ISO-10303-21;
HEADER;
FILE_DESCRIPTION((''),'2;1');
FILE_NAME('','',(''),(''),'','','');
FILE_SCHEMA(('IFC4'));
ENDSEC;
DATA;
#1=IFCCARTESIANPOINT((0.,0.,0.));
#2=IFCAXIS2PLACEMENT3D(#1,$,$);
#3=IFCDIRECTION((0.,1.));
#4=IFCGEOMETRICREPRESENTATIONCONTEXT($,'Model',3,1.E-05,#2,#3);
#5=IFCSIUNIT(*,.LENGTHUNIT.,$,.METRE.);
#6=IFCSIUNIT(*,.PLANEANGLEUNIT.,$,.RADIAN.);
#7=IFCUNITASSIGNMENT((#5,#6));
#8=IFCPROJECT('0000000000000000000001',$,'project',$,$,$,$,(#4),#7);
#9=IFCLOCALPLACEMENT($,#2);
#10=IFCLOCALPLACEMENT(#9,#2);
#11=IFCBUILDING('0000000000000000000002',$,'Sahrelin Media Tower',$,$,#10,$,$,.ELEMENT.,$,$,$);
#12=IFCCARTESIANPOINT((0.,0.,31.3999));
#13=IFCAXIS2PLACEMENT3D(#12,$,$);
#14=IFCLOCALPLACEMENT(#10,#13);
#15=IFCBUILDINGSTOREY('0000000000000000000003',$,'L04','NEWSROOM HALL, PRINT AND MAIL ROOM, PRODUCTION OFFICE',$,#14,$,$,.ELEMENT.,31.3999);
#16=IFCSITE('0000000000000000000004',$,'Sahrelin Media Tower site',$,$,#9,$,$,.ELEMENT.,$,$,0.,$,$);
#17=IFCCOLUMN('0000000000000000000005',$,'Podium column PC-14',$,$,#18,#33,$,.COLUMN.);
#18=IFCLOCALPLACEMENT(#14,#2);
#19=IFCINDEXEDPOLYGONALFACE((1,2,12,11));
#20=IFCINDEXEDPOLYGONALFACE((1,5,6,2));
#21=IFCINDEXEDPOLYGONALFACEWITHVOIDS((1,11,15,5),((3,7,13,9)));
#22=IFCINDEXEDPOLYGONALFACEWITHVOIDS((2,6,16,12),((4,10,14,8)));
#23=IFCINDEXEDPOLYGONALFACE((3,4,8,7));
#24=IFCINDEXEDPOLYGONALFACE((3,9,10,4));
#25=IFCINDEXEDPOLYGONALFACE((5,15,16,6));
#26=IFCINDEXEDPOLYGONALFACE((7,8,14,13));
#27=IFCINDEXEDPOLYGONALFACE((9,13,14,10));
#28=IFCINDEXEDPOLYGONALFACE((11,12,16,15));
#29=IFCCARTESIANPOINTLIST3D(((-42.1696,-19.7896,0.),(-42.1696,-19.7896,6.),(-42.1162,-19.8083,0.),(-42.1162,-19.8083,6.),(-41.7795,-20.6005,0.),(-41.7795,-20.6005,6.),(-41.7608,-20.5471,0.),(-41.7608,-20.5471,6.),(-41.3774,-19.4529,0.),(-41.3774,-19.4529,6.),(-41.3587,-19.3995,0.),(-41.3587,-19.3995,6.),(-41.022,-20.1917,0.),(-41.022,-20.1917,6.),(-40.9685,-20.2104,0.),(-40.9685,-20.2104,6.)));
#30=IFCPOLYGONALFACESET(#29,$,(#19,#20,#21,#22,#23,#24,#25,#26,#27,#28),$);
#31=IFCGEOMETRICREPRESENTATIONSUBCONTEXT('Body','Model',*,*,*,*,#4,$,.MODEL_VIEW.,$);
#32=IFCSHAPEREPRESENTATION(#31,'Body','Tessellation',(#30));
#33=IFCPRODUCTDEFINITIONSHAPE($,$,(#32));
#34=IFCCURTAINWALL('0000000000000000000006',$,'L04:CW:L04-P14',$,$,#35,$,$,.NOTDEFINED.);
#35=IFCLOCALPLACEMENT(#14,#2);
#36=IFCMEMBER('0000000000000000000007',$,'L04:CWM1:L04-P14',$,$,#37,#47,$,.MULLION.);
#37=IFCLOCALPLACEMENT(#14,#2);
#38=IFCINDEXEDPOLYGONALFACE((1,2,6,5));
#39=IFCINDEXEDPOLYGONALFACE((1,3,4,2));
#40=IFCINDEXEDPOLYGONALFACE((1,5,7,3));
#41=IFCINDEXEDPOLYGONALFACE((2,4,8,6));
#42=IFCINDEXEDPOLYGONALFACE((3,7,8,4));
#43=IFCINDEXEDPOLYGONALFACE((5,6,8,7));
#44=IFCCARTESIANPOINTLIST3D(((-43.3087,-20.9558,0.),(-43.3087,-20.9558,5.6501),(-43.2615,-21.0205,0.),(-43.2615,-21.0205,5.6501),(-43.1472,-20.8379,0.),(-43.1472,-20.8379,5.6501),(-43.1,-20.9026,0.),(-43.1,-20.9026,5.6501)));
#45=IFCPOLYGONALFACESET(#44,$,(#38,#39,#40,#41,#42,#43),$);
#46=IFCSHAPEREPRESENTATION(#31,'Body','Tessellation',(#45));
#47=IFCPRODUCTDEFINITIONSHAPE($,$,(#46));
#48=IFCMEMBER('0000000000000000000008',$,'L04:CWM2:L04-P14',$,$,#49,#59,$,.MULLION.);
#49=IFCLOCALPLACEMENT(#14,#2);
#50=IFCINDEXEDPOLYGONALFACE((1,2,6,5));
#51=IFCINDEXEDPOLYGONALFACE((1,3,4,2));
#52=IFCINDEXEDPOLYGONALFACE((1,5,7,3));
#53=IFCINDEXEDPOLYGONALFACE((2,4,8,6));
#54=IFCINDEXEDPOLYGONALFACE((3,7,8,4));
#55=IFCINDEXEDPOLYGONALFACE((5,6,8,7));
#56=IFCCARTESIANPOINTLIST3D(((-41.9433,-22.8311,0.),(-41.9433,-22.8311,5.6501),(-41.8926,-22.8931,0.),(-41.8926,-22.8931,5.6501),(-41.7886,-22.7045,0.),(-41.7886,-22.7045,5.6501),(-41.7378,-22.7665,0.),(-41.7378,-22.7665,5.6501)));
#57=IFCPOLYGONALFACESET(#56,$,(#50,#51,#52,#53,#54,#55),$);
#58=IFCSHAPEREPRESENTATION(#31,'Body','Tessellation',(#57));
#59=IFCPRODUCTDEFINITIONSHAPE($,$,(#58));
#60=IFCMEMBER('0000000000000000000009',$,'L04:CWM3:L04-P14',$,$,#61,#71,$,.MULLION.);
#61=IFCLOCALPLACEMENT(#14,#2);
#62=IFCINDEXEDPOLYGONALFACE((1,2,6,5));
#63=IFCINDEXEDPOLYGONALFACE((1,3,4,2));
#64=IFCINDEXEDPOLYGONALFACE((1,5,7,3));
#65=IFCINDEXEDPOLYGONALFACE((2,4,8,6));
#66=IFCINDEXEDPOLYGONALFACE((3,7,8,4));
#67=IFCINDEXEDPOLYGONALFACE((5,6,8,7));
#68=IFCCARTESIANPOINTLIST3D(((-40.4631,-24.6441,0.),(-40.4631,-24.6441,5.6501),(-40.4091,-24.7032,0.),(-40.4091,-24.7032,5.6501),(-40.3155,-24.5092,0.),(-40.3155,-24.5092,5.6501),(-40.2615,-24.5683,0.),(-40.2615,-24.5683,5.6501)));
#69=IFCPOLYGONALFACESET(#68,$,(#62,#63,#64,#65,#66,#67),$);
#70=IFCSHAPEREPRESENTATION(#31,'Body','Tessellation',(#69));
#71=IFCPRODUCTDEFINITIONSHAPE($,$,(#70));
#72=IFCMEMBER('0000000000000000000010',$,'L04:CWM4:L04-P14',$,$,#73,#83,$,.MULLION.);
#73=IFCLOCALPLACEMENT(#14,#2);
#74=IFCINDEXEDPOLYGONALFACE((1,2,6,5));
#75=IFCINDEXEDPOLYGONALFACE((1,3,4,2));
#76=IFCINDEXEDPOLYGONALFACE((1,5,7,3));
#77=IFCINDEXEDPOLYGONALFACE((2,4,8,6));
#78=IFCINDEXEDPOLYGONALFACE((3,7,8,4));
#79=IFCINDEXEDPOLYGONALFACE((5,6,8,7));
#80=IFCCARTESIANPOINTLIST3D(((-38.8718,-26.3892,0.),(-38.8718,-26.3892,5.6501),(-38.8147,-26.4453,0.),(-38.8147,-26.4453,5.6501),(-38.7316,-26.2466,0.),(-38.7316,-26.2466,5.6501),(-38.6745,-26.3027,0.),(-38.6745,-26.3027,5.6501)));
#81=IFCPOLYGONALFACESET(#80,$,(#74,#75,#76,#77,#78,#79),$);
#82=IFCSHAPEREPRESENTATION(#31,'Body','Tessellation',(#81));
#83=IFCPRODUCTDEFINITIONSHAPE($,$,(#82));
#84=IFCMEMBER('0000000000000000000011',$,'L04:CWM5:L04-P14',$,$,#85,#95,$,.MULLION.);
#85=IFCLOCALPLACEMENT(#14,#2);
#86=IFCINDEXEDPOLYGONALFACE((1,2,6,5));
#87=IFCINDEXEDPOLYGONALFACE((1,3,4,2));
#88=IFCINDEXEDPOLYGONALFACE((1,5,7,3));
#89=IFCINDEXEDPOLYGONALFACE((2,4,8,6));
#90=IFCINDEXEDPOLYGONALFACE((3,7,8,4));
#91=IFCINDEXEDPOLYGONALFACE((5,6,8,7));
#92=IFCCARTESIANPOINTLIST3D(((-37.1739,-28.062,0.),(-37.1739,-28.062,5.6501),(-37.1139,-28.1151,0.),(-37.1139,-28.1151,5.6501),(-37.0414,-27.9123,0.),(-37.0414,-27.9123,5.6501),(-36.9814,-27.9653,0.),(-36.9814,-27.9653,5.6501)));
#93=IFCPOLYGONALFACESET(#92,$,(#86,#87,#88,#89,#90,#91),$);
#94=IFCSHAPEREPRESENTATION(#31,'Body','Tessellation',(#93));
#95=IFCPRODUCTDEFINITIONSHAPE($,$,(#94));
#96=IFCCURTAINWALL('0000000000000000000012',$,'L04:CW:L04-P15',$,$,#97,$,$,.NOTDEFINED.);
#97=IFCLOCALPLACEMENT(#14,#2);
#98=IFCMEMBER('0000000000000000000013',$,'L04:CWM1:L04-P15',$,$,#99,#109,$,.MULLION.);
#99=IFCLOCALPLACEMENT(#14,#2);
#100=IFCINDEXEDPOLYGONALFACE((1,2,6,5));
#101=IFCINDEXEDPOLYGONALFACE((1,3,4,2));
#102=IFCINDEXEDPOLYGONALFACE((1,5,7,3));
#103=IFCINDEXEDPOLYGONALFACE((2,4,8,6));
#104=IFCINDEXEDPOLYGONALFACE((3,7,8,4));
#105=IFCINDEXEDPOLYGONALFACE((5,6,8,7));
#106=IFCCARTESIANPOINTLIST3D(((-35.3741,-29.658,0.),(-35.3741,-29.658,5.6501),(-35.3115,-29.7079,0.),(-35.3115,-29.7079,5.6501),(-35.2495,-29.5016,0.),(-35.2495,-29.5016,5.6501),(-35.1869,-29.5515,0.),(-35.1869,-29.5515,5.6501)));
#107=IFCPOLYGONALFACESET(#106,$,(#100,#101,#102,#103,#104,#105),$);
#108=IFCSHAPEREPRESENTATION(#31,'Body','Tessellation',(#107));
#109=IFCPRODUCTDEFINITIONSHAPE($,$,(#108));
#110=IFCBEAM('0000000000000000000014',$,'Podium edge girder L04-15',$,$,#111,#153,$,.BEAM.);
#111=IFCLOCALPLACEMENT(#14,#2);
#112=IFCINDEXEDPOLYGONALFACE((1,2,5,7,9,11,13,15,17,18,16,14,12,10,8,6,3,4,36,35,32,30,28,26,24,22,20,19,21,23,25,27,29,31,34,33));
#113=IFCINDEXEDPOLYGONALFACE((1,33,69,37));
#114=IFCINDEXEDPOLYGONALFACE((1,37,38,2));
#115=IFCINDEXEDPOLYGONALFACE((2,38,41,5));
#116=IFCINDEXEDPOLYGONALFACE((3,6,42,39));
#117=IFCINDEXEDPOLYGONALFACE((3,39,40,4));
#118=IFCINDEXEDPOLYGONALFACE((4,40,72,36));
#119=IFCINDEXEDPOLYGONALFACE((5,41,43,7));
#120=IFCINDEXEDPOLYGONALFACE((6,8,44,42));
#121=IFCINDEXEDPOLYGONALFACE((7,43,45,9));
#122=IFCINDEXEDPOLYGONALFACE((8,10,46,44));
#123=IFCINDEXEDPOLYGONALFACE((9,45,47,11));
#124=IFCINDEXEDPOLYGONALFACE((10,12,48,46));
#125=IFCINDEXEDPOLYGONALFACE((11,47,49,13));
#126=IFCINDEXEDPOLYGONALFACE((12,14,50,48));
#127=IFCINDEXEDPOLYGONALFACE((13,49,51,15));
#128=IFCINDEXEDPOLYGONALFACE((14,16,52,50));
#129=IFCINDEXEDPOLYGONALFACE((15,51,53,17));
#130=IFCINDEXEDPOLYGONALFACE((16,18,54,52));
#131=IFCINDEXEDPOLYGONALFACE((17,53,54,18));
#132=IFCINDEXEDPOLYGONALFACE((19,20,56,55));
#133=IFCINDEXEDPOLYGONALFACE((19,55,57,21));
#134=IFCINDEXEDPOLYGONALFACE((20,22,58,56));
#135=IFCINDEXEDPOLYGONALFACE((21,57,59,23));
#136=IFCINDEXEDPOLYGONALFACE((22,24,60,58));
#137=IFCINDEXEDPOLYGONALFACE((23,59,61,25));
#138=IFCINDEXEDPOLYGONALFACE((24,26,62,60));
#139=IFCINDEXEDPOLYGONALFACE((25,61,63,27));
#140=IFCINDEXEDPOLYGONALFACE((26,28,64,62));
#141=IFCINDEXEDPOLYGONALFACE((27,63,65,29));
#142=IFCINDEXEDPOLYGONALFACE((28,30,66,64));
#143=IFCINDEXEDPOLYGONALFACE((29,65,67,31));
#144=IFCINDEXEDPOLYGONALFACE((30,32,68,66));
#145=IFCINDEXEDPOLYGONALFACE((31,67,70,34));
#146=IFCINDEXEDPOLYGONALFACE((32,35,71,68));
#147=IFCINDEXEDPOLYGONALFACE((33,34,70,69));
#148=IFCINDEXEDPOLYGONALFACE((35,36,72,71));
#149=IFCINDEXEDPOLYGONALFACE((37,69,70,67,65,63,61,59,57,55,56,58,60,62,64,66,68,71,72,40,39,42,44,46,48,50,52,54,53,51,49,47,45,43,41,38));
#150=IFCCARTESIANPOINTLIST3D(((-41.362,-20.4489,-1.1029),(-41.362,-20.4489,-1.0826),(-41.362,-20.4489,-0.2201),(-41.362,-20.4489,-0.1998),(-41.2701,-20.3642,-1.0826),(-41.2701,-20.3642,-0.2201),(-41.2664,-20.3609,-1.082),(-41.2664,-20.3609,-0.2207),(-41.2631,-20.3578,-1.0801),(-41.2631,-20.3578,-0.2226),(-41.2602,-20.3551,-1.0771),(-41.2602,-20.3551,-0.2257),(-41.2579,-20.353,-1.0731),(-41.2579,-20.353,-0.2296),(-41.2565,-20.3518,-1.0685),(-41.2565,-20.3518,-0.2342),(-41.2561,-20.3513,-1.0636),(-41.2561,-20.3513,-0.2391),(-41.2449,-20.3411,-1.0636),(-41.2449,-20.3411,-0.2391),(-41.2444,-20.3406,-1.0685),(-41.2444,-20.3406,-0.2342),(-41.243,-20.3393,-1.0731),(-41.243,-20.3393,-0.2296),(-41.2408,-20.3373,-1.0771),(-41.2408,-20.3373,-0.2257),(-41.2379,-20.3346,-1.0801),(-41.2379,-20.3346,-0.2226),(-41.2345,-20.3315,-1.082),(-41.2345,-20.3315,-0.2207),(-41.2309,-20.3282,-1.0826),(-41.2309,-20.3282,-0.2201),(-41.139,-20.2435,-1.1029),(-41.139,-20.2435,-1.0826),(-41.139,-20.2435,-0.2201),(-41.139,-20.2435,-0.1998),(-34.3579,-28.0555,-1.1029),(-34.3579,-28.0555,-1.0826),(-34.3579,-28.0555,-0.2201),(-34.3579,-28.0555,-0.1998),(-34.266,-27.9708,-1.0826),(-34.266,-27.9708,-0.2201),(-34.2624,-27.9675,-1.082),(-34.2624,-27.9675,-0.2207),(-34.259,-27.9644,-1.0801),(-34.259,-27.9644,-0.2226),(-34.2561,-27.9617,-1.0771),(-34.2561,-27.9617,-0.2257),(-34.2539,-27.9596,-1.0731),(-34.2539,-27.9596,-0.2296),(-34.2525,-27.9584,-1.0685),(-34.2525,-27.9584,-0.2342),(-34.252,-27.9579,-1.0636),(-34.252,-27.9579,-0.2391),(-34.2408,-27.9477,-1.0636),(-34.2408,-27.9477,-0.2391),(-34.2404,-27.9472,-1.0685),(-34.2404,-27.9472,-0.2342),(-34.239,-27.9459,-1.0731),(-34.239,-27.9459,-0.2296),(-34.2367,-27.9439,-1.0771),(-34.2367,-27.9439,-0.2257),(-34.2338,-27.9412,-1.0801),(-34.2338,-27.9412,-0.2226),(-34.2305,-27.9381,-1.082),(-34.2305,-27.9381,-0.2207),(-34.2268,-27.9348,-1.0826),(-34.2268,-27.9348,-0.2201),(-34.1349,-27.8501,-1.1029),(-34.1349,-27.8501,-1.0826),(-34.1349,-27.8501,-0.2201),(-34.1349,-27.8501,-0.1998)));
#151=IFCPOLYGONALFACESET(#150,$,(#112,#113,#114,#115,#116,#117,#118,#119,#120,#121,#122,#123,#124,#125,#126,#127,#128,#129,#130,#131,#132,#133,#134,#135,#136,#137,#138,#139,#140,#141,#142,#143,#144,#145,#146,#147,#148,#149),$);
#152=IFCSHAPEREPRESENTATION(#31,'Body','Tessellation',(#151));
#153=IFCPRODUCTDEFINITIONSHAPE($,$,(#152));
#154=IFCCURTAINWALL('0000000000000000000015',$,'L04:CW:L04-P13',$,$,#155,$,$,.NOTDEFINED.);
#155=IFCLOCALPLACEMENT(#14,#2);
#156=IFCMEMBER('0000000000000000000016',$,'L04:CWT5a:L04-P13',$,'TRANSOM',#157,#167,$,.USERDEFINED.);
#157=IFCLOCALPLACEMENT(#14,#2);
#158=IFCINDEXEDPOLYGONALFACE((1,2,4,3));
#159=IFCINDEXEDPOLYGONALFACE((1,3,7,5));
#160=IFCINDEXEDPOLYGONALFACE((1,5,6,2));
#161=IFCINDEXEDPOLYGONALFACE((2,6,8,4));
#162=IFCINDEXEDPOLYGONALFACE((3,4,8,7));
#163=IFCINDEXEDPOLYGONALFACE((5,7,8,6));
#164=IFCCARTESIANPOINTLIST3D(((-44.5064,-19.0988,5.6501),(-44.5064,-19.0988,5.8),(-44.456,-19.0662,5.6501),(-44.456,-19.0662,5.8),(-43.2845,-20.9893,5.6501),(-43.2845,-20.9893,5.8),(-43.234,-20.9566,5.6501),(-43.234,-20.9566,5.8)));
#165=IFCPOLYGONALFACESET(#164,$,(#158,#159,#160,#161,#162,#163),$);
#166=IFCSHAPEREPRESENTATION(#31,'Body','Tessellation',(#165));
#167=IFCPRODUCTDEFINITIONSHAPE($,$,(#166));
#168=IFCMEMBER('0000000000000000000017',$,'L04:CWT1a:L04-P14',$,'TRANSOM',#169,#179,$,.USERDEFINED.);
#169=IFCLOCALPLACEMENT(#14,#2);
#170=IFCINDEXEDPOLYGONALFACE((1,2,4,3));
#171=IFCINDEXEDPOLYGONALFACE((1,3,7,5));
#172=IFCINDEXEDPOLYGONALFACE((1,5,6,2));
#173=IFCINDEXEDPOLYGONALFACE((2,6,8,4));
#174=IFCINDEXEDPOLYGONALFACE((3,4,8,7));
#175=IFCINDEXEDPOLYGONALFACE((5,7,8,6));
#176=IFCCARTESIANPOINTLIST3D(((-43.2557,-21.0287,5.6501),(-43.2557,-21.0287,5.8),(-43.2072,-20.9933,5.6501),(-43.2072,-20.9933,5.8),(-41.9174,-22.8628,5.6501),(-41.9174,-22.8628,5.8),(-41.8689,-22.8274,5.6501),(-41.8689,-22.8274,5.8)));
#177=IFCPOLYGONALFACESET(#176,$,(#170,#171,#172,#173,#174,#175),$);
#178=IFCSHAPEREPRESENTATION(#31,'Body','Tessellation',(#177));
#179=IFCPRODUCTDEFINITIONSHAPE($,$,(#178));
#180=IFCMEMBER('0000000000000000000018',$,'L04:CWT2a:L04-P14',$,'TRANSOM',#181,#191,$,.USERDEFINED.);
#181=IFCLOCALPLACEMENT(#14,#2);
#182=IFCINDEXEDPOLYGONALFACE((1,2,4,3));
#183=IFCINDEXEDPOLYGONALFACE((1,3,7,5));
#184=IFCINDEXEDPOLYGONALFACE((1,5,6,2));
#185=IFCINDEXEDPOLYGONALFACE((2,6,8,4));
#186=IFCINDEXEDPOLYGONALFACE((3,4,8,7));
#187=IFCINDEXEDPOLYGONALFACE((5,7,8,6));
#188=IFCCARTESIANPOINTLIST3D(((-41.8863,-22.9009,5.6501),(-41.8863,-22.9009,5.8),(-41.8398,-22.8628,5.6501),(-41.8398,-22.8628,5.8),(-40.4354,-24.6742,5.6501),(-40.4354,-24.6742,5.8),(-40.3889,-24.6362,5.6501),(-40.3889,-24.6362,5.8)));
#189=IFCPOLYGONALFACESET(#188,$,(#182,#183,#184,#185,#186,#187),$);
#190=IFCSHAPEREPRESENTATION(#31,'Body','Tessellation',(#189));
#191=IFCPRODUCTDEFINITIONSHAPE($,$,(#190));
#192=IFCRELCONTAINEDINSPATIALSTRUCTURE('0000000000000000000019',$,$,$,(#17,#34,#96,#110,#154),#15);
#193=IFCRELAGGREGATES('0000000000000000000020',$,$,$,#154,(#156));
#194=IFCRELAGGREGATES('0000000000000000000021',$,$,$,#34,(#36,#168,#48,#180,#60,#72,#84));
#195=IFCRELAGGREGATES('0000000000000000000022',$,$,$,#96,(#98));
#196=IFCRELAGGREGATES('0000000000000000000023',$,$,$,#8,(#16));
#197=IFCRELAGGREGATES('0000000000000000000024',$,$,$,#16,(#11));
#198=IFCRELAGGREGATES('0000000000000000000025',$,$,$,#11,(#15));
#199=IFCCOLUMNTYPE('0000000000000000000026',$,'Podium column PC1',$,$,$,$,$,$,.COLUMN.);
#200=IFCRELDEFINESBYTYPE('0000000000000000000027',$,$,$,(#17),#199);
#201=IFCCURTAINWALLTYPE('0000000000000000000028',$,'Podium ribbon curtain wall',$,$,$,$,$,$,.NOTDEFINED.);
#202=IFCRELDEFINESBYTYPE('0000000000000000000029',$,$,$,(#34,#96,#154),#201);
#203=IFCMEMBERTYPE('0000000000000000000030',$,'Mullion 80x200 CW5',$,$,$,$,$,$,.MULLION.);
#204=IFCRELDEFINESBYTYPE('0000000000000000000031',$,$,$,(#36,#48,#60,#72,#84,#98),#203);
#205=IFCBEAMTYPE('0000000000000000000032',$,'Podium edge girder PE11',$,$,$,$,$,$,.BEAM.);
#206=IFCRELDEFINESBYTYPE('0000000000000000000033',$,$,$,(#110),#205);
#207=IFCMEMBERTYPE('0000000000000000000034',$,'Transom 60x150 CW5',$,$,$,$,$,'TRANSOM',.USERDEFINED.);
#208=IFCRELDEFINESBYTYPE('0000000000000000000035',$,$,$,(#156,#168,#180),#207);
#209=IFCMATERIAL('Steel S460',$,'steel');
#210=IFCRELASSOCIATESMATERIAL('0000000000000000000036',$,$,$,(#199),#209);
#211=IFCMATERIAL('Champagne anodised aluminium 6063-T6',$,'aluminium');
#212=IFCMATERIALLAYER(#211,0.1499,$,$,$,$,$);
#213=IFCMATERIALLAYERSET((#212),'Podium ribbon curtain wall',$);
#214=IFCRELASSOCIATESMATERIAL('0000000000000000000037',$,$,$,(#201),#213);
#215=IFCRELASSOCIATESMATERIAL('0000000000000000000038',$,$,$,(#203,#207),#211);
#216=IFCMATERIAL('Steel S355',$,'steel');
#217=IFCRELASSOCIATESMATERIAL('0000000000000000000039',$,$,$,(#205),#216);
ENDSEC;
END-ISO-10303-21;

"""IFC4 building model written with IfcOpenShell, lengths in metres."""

from ifc_helpers import new_model, si_unit, direction, frame, origin, origin_2d, place, context, subcontext, project, spatial, rectangle, hollow_rectangle, i_section, extrude, material, layer, layer_set, material_profile, profile_set, type_object, element, aggregate, save


model = new_model("IFC4")

# Units and contexts
model_context = context("Model", 3, precision=1e-05, world=origin(), true_north=direction((0.0, 1.0)))
body_context = subcontext(model_context, "Body", "Model", "MODEL_VIEW")
ifc_project = project(units=[si_unit("LENGTHUNIT", "METRE"), si_unit("PLANEANGLEUNIT", "RADIAN")], contexts=[model_context])

# Site, building, storey
site_placement = place(None, origin())
site = spatial("IfcSite", under=ifc_project, at=site_placement, Name="Sahrelin Media Tower site", CompositionType="ELEMENT", RefElevation=0.0)
building_placement = place(site_placement, origin())
building = spatial("IfcBuilding", under=site, at=building_placement, Name="Sahrelin Media Tower", CompositionType="ELEMENT")
storey_placement = place(building_placement, frame((0.0, 0.0, 31.3999)))
storey = spatial("IfcBuildingStorey", under=building, at=storey_placement, Name="L04", Description="NEWSROOM HALL, PRINT AND MAIL ROOM, PRODUCTION OFFICE", CompositionType="ELEMENT", Elevation=31.3999)

# Column
ifc_material_1 = material(Name="Steel S460", Category="steel")
ifc_material_profile_1 = material_profile(ifc_material_1, hollow_rectangle(XDim=0.8999, YDim=0.8999, WallThickness=0.04, at=origin_2d()), Name="Podium column PC1")
ifc_profile_set_1 = profile_set([ifc_material_profile_1], Name="Steel S460")
column_type = type_object("IfcColumnType", Name="Podium column PC1", PredefinedType="COLUMN", material=ifc_profile_set_1)
column_placement = place(storey_placement, frame((-41.5691, -20.0, 0.0), z_axis=(0.0, 0.0, 1.0), x_axis=(-0.901127, -0.433555, 0.0)))
element("IfcColumn", 1, at=column_placement, inside=storey, type_object=column_type, Name="Podium column PC-14", PredefinedType="COLUMN", context=body_context, shape_type="SweptSolid", body=[
    extrude(hollow_rectangle(XDim=0.8999, YDim=0.8999, WallThickness=0.04, at=origin_2d()), origin(), (0.0, 0.0, 1.0), 6.0),
])

# Curtain wall, members
ifc_material_2 = material(Name="Champagne anodised aluminium 6063-T6", Category="aluminium")
ifc_layer_1 = layer(ifc_material_2, 0.1499)
ifc_layer_set_1 = layer_set([ifc_layer_1], Name="Podium ribbon curtain wall")
curtain_wall_type = type_object("IfcCurtainWallType", Name="Podium ribbon curtain wall", PredefinedType="NOTDEFINED", material=ifc_layer_set_1)
curtain_wall_1_placement = place(storey_placement, frame((-43.3013, -21.0, 0.0), z_axis=(0.0, 0.0, 1.0), x_axis=(1.0, 0.0, 0.0)))
curtain_wall_1 = element("IfcCurtainWall", 2, at=curtain_wall_1_placement, inside=storey, type_object=curtain_wall_type, Name="L04:CW:L04-P14", PredefinedType="NOTDEFINED")
ifc_material_profile_2 = material_profile(ifc_material_2, rectangle(XDim=0.0801, YDim=0.2, at=origin_2d()), Name="Mullion 80x200")
ifc_profile_set_2 = profile_set([ifc_material_profile_2], Name="Champagne anodised aluminium 6063-T6")
member_type_1 = type_object("IfcMemberType", Name="Mullion 80x200 CW5", PredefinedType="MULLION", material=ifc_profile_set_2)
member_1_placement = place(storey_placement, frame((-43.2043, -20.9292, 0.0), z_axis=(0.0, 0.0, 1.0), x_axis=(0.589385, -0.807852, 0.0)))
member_1 = element("IfcMember", 3, at=member_1_placement, type_object=member_type_1, Name="L04:CWM1:L04-P14", PredefinedType="MULLION", context=body_context, shape_type="SweptSolid", body=[
    extrude(rectangle(XDim=0.0801, YDim=0.2, at=origin_2d()), origin(), (0.0, 0.0, 1.0), 5.6501),
])
member_2_placement = place(storey_placement, frame((-41.8406, -22.7988, 0.0), z_axis=(0.0, 0.0, 1.0), x_axis=(0.633235, -0.77396, 0.0)))
member_2 = element("IfcMember", 4, at=member_2_placement, type_object=member_type_1, Name="L04:CWM2:L04-P14", PredefinedType="MULLION", context=body_context, shape_type="SweptSolid", body=[
    extrude(rectangle(XDim=0.0801, YDim=0.2, at=origin_2d()), origin(), (0.0, 0.0, 1.0), 5.6501),
])
member_3_placement = place(storey_placement, frame((-40.3623, -24.6062, 0.0), z_axis=(0.0, 0.0, 1.0), x_axis=(0.67443, -0.738339, 0.0)))
member_3 = element("IfcMember", 5, at=member_3_placement, type_object=member_type_1, Name="L04:CWM3:L04-P14", PredefinedType="MULLION", context=body_context, shape_type="SweptSolid", body=[
    extrude(rectangle(XDim=0.0801, YDim=0.2, at=origin_2d()), origin(), (0.0, 0.0, 1.0), 5.6501),
])
member_4_placement = place(storey_placement, frame((-38.7732, -26.3459, 0.0), z_axis=(0.0, 0.0, 1.0), x_axis=(0.712974, -0.701191, 0.0)))
member_4 = element("IfcMember", 6, at=member_4_placement, type_object=member_type_1, Name="L04:CWM4:L04-P14", PredefinedType="MULLION", context=body_context, shape_type="SweptSolid", body=[
    extrude(rectangle(XDim=0.0801, YDim=0.2, at=origin_2d()), origin(), (0.0, 0.0, 1.0), 5.6501),
])
member_5_placement = place(storey_placement, frame((-37.0776, -28.0137, 0.0), z_axis=(0.0, 0.0, 1.0), x_axis=(0.748788, -0.66281, 0.0)))
member_5 = element("IfcMember", 7, at=member_5_placement, type_object=member_type_1, Name="L04:CWM5:L04-P14", PredefinedType="MULLION", context=body_context, shape_type="SweptSolid", body=[
    extrude(rectangle(XDim=0.0801, YDim=0.2, at=origin_2d()), origin(), (0.0, 0.0, 1.0), 5.6501),
])

# Curtain wall, member
curtain_wall_2_placement = place(storey_placement, frame((-35.3552, -29.6985, 0.0), z_axis=(0.0, 0.0, 1.0), x_axis=(1.0, 0.0, 0.0)))
curtain_wall_2 = element("IfcCurtainWall", 8, at=curtain_wall_2_placement, inside=storey, type_object=curtain_wall_type, Name="L04:CW:L04-P15", PredefinedType="NOTDEFINED")
member_6_placement = place(storey_placement, frame((-35.2805, -29.6047, 0.0), z_axis=(0.0, 0.0, 1.0), x_axis=(0.78196, -0.623328, 0.0)))
member_6 = element("IfcMember", 9, at=member_6_placement, type_object=member_type_1, Name="L04:CWM1:L04-P15", PredefinedType="MULLION", context=body_context, shape_type="SweptSolid", body=[
    extrude(rectangle(XDim=0.0801, YDim=0.2, at=origin_2d()), origin(), (0.0, 0.0, 1.0), 5.6501),
])

# Beam
ifc_material_3 = material(Name="Steel S355", Category="steel")
ifc_material_profile_3 = material_profile(ifc_material_3, i_section(OverallWidth=0.3032, OverallDepth=0.9031, WebThickness=0.0151, FlangeThickness=0.0203, FilletRadius=0.019, at=origin_2d()), Name="UB 914x305x201")
ifc_profile_set_3 = profile_set([ifc_material_profile_3], Name="Steel S355")
beam_type = type_object("IfcBeamType", Name="Podium edge girder PE11", PredefinedType="BEAM", material=ifc_profile_set_3)
beam_placement = place(storey_placement, frame((-41.2505, -20.3462, -0.6514), z_axis=(0.677371, -0.735642, 0.0), x_axis=(0.735642, 0.677371, 0.0)))
element("IfcBeam", 10, at=beam_placement, inside=storey, type_object=beam_type, Name="Podium edge girder L04-15", PredefinedType="BEAM", context=body_context, shape_type="SweptSolid", body=[
    extrude(i_section(OverallWidth=0.3032, OverallDepth=0.9031, WebThickness=0.0151, FlangeThickness=0.0203, FilletRadius=0.019, at=origin_2d()), origin(), (0.0, 0.0, 1.0), 10.3401),
])

# Curtain wall, member
curtain_wall_3_placement = place(storey_placement, frame((-48.2964, -10.8704, 0.0), z_axis=(0.0, 0.0, 1.0), x_axis=(1.0, 0.0, 0.0)))
curtain_wall_3 = element("IfcCurtainWall", 11, at=curtain_wall_3_placement, inside=storey, type_object=curtain_wall_type, Name="L04:CW:L04-P13", PredefinedType="NOTDEFINED")
ifc_material_profile_4 = material_profile(ifc_material_2, rectangle(XDim=0.0601, YDim=0.1499, at=origin_2d()), Name="Transom 60x150")
ifc_profile_set_4 = profile_set([ifc_material_profile_4], Name="Champagne anodised aluminium 6063-T6")
member_type_2 = type_object("IfcMemberType", Name="Transom 60x150 CW5", ElementType="TRANSOM", PredefinedType="USERDEFINED", material=ifc_profile_set_4)
member_7_placement = place(storey_placement, frame((-44.4812, -19.0825, 5.7251), z_axis=(0.542855, -0.839826, 0.0), x_axis=(0.839826, 0.542855, 0.0)))
member_7 = element("IfcMember", 12, at=member_7_placement, type_object=member_type_2, Name="L04:CWT5a:L04-P13", ObjectType="TRANSOM", PredefinedType="USERDEFINED", context=body_context, shape_type="SweptSolid", body=[
    extrude(rectangle(XDim=0.0601, YDim=0.1499, at=origin_2d()), origin(), (0.0, 0.0, 1.0), 2.251),
])

# Members
member_8_placement = place(storey_placement, frame((-43.2314, -21.011, 5.7251), z_axis=(0.589437, -0.807814, 0.0), x_axis=(0.807814, 0.589437, 0.0)))
member_8 = element("IfcMember", 13, at=member_8_placement, type_object=member_type_2, Name="L04:CWT1a:L04-P14", ObjectType="TRANSOM", PredefinedType="USERDEFINED", context=body_context, shape_type="SweptSolid", body=[
    extrude(rectangle(XDim=0.0601, YDim=0.1499, at=origin_2d()), origin(), (0.0, 0.0, 1.0), 2.2705),
])
member_9_placement = place(storey_placement, frame((-41.863, -22.8818, 5.7251), z_axis=(0.63322, -0.773972, 0.0), x_axis=(0.773972, 0.63322, 0.0)))
member_9 = element("IfcMember", 14, at=member_9_placement, type_object=member_type_2, Name="L04:CWT2a:L04-P14", ObjectType="TRANSOM", PredefinedType="USERDEFINED", context=body_context, shape_type="SweptSolid", body=[
    extrude(rectangle(XDim=0.0601, YDim=0.1499, at=origin_2d()), origin(), (0.0, 0.0, 1.0), 2.2913),
])

aggregate(curtain_wall_3, [member_7])
aggregate(curtain_wall_1, [member_1, member_8, member_2, member_9, member_3, member_4, member_5])
aggregate(curtain_wall_2, [member_6])

save(model, "model.ifc")
